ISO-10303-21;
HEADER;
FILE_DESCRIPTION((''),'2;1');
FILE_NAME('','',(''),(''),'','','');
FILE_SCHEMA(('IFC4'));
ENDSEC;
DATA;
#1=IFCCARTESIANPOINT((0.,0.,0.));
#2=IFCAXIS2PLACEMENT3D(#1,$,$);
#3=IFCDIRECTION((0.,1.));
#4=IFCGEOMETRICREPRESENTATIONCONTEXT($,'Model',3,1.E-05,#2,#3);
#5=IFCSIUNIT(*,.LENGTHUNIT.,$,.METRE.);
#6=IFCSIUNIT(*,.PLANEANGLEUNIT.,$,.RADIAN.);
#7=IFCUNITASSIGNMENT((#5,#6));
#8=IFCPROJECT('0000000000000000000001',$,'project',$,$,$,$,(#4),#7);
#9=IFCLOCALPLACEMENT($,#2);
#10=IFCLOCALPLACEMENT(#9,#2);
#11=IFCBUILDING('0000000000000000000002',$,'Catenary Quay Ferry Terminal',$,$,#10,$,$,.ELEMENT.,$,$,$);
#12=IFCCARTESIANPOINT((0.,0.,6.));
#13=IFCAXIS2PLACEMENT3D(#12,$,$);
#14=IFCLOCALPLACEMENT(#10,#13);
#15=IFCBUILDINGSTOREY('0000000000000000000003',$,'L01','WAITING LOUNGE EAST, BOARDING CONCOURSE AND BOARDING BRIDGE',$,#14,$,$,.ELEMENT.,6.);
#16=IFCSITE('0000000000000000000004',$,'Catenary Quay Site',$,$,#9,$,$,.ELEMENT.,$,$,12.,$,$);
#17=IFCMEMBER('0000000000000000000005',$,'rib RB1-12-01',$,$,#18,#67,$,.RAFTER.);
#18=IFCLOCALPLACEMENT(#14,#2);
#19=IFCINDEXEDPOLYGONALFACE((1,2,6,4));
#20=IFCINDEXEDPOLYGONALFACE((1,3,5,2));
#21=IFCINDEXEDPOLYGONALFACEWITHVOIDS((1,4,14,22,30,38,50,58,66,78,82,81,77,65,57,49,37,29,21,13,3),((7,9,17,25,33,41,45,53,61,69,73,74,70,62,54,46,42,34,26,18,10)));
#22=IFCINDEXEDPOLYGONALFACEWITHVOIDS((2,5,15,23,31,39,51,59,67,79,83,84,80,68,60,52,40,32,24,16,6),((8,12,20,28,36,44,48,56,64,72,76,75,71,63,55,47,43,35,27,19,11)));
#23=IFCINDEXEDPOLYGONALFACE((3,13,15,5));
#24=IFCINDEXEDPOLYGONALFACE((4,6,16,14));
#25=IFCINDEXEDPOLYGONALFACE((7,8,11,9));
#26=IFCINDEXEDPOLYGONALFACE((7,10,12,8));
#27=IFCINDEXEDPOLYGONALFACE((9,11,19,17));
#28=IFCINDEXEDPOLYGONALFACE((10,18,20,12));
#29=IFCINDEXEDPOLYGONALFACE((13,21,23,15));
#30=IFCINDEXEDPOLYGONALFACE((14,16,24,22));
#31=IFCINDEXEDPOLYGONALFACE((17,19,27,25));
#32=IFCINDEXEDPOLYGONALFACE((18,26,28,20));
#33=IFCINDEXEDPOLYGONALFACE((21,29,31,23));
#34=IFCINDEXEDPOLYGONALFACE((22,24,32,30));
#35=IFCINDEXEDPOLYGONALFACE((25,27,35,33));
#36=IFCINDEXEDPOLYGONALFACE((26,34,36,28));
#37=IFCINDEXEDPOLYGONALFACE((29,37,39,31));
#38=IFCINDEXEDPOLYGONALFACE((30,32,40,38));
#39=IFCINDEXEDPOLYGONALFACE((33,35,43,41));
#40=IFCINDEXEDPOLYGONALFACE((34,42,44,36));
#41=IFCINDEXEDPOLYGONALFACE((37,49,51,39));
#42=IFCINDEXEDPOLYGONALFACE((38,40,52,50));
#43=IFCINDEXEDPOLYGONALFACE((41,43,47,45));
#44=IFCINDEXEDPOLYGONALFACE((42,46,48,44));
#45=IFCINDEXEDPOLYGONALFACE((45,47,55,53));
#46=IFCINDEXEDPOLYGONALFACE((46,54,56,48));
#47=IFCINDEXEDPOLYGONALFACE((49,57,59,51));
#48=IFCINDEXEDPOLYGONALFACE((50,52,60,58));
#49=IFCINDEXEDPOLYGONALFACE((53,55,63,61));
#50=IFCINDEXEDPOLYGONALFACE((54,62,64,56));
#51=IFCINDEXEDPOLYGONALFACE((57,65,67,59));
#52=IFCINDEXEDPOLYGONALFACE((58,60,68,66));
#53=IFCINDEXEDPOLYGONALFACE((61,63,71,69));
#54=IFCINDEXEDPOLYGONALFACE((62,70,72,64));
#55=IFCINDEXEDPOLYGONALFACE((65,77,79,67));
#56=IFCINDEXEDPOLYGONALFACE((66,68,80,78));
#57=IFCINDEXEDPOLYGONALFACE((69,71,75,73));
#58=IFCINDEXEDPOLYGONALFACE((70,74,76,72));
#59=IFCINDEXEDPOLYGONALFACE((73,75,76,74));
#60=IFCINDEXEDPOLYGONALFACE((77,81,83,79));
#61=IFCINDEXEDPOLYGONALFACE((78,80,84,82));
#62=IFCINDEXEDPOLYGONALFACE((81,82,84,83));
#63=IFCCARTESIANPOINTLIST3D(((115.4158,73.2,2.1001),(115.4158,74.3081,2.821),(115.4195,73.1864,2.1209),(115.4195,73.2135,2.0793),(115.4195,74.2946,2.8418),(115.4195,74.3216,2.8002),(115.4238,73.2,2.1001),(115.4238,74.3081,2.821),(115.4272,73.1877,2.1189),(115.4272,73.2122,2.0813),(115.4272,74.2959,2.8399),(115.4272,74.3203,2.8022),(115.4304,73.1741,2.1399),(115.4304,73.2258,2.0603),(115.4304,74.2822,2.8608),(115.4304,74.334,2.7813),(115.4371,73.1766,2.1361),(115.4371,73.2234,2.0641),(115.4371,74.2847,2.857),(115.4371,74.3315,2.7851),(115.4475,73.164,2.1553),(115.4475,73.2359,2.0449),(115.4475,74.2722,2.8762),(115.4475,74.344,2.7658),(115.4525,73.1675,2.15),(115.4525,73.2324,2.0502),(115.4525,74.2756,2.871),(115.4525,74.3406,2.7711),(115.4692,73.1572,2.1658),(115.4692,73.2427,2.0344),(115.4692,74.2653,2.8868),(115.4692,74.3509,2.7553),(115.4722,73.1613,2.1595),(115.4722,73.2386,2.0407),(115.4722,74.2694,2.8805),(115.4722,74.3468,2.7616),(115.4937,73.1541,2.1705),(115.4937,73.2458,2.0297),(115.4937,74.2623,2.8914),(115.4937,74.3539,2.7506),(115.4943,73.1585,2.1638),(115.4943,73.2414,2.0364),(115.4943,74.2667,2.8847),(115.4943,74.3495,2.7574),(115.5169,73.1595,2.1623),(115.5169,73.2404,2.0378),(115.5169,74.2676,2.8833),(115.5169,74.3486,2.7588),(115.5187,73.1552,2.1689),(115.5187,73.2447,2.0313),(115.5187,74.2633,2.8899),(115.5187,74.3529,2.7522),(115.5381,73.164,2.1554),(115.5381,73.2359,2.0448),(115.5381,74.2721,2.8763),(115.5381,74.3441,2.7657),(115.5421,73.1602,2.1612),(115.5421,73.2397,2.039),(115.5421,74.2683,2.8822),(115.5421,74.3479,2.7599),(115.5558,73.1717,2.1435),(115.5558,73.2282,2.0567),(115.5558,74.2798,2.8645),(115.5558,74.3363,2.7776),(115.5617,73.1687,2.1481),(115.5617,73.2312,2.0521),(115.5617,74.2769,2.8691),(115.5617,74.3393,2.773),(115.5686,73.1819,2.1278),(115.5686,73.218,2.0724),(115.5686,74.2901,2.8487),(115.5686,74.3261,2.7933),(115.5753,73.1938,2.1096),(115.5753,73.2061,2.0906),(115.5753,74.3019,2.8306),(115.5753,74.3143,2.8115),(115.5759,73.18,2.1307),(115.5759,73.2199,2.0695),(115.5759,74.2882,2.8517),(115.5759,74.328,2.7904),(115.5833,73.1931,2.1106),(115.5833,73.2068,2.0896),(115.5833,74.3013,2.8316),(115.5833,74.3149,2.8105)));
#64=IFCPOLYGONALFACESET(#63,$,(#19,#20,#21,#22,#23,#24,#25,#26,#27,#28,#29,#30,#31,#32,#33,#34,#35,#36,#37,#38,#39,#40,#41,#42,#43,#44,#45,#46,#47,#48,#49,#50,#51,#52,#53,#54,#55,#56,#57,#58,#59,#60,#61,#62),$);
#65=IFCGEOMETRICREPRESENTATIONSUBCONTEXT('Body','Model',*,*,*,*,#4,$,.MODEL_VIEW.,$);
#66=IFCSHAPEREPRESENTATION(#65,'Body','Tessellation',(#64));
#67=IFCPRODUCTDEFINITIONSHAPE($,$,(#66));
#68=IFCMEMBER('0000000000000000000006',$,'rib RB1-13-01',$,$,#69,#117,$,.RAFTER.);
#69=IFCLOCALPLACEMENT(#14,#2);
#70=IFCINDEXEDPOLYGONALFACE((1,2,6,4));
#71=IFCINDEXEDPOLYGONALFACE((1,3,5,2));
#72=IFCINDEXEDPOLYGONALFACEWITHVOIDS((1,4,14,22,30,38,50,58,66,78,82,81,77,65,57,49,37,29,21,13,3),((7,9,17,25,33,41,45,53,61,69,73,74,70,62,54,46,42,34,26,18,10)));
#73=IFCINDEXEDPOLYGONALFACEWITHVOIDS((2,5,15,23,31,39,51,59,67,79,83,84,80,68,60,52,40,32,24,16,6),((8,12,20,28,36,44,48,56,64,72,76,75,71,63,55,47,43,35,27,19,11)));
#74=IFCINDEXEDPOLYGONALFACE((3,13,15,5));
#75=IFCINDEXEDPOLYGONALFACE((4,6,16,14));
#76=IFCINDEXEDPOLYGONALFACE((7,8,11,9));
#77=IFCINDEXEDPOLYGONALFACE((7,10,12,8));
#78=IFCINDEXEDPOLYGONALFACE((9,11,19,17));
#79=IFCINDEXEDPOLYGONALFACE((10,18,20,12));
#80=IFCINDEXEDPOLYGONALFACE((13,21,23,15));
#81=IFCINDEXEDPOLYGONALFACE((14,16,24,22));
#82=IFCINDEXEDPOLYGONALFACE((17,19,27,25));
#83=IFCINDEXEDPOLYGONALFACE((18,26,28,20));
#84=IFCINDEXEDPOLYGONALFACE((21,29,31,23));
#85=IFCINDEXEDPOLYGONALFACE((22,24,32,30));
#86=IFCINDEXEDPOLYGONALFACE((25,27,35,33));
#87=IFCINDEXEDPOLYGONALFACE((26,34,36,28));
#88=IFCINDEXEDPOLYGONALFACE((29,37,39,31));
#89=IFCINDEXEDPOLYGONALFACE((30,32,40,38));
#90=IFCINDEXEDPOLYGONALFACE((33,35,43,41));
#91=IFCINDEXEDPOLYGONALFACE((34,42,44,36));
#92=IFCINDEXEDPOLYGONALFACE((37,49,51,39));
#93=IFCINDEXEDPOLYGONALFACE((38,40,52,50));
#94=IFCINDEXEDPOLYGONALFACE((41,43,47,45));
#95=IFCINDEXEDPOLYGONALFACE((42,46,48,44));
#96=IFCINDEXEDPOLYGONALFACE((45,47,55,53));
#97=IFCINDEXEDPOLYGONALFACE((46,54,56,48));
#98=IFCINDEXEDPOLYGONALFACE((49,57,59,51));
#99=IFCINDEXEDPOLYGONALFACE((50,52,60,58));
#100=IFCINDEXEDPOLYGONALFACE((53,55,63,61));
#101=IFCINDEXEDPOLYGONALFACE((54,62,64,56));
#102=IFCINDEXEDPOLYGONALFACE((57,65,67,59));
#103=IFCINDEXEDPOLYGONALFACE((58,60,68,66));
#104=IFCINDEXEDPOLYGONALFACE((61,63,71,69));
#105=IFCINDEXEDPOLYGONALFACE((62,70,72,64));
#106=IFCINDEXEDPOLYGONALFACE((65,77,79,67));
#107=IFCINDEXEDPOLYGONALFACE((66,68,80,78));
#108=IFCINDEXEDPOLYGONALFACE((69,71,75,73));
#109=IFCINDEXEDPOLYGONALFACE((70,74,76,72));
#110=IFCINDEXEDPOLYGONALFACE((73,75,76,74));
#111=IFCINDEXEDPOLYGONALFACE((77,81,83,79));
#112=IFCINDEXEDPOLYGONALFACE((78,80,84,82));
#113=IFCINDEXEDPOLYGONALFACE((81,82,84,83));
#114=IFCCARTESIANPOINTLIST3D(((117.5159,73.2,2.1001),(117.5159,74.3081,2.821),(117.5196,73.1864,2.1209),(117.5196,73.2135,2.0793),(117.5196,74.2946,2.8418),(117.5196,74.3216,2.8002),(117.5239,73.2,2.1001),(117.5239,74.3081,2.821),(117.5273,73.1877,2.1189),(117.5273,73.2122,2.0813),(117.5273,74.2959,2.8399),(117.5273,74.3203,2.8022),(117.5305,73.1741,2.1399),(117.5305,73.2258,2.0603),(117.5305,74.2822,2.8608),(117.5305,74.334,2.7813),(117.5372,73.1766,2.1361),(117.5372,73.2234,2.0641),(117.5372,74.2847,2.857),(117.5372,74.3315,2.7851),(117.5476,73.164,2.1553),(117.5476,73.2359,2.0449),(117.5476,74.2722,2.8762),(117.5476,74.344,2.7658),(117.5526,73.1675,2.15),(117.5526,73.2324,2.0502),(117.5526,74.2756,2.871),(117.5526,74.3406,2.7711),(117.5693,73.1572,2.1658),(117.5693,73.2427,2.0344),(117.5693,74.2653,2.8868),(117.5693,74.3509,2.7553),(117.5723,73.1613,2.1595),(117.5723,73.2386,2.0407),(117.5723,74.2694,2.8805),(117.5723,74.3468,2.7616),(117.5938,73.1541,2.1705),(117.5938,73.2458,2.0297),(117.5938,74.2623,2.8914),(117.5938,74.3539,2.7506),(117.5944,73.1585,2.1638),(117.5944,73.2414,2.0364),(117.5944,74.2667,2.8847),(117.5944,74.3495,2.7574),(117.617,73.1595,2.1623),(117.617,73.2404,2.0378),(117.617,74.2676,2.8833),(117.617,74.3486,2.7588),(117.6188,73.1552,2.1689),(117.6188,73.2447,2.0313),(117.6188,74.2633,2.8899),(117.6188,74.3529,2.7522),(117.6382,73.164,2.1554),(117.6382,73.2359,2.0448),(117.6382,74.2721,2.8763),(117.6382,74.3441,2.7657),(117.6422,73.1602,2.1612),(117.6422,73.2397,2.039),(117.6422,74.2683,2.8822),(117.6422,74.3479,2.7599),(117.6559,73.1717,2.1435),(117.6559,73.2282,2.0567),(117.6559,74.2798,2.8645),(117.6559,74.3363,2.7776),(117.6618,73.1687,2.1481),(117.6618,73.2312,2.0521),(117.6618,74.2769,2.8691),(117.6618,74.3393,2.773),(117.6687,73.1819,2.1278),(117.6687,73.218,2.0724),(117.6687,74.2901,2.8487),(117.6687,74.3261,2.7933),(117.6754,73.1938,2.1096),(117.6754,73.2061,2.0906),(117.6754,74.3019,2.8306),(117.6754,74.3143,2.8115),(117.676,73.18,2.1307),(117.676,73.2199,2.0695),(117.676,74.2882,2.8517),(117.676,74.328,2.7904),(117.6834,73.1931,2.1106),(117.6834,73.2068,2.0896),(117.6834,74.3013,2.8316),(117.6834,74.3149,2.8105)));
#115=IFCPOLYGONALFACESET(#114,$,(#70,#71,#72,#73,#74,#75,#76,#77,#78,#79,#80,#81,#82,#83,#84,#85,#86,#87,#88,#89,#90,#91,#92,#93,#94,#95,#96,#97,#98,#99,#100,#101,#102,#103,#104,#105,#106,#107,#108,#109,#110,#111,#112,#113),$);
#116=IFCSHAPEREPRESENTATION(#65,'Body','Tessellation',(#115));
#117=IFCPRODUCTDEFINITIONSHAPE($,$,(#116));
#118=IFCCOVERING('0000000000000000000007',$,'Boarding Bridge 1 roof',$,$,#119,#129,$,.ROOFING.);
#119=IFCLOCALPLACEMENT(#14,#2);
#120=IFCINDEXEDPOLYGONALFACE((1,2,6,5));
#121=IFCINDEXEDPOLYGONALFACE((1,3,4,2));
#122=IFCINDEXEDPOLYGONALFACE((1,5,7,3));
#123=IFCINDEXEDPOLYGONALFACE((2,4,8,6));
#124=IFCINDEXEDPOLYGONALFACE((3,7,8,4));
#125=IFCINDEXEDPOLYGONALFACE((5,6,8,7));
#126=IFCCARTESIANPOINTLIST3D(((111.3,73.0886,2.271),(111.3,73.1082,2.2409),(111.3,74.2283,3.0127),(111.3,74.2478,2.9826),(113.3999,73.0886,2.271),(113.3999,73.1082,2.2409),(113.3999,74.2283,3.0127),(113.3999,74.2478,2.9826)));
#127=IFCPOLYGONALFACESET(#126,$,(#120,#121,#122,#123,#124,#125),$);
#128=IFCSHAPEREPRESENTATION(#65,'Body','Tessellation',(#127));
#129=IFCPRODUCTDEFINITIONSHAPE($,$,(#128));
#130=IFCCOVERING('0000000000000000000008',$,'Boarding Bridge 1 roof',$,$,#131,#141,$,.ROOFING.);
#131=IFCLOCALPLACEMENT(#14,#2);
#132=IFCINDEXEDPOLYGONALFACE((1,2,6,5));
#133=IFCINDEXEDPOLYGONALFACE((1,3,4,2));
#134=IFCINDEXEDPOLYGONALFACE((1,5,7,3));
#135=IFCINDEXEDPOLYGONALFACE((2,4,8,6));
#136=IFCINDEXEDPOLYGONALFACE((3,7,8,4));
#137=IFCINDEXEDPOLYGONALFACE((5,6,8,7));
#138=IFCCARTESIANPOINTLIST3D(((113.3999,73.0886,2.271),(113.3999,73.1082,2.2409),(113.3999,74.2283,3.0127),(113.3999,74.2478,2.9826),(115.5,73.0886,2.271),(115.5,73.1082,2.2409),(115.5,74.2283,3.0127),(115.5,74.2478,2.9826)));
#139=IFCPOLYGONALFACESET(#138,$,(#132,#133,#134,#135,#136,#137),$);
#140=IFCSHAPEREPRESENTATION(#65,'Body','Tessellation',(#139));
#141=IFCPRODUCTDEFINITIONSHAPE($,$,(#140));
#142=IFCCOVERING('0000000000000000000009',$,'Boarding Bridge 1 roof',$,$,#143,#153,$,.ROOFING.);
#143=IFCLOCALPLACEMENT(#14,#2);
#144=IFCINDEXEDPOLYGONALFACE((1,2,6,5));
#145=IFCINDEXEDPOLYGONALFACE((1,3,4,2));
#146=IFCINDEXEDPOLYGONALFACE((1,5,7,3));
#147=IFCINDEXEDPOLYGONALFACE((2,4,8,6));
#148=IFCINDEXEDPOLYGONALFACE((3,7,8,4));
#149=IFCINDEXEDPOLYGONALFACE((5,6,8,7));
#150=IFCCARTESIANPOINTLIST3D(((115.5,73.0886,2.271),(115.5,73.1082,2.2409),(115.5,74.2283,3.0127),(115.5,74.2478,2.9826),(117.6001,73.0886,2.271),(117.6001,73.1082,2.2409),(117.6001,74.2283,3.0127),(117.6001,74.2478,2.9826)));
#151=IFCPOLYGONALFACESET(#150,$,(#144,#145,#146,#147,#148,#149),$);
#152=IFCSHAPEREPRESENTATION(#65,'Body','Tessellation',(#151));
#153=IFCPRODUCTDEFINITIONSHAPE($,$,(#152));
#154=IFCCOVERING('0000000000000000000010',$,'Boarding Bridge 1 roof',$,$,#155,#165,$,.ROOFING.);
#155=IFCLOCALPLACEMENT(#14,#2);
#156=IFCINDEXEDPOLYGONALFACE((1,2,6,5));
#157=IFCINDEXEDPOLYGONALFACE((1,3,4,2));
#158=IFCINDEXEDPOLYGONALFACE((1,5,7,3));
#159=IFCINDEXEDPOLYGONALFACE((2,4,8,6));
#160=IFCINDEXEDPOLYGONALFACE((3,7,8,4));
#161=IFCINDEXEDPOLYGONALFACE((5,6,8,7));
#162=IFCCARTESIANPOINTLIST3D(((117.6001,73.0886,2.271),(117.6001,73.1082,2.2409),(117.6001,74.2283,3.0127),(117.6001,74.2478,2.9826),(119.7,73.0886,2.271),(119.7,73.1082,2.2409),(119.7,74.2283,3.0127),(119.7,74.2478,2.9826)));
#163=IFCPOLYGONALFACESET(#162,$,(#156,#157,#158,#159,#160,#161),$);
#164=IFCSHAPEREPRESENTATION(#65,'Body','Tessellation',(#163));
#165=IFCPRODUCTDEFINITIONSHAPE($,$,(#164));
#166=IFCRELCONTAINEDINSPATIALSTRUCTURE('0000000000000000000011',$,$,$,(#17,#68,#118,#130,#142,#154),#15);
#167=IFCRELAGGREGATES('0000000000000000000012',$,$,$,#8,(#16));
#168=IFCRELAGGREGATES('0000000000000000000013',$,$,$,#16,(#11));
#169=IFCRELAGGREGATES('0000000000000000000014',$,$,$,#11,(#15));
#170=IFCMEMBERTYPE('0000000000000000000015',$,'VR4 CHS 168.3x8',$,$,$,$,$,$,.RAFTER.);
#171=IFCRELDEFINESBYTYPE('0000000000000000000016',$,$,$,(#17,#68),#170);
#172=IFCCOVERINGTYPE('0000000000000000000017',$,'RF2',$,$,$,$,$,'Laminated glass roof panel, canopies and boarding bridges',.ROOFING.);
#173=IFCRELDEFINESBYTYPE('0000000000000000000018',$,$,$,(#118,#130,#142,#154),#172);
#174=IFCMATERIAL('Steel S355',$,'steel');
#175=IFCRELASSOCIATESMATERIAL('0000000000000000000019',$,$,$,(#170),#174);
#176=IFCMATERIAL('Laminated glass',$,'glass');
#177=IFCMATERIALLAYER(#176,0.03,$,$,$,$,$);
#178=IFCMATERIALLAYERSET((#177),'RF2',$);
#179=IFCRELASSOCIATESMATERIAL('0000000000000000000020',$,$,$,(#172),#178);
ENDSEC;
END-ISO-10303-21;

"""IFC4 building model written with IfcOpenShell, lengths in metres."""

from ifc_helpers import new_model, si_unit, direction, frame, origin, origin_2d, place, context, subcontext, project, spatial, polyline, hollow_circle, outline, extrude, material, layer, layer_set, material_profile, profile_set, type_object, element, save


model = new_model("IFC4")

# Units and contexts
model_context = context("Model", 3, precision=1e-05, world=origin(), true_north=direction((0.0, 1.0)))
body_context = subcontext(model_context, "Body", "Model", "MODEL_VIEW")
ifc_project = project(units=[si_unit("LENGTHUNIT", "METRE"), si_unit("PLANEANGLEUNIT", "RADIAN")], contexts=[model_context])

# Site, building, storey
site_placement = place(None, origin())
site = spatial("IfcSite", under=ifc_project, at=site_placement, Name="Catenary Quay Site", CompositionType="ELEMENT", RefElevation=12.0)
building_placement = place(site_placement, origin())
building = spatial("IfcBuilding", under=site, at=building_placement, Name="Catenary Quay Ferry Terminal", CompositionType="ELEMENT")
storey_placement = place(building_placement, frame((0.0, 0.0, 6.0)))
storey = spatial("IfcBuildingStorey", under=building, at=storey_placement, Name="L01", Description="WAITING LOUNGE EAST, BOARDING CONCOURSE AND BOARDING BRIDGE", CompositionType="ELEMENT", Elevation=6.0)

# Members
ifc_material_1 = material(Name="Steel S355", Category="steel")
ifc_material_profile_1 = material_profile(ifc_material_1, hollow_circle(Radius=0.0842, WallThickness=0.0081, at=origin_2d()), Name="CHS 168.3x8")
ifc_profile_set_1 = profile_set([ifc_material_profile_1], Name="Steel S355")
member_type_1 = type_object("IfcMemberType", Name="VR4 CHS 168.3x8", PredefinedType="RAFTER", material=ifc_profile_set_1)
for number, where, z_axis, x_axis, name in (
    (1, (115.5, 73.2, 2.1001), (0.0, 0.83822, 0.545332), (-1.0, 0.0, 0.0), "rib RB1-12-01"),
    (2, (117.6001, 73.2, 2.1001), (0.0, 0.83822, 0.545332), (-1.0, 0.0, 0.0), "rib RB1-13-01"),
):
    element("IfcMember", number, at=place(storey_placement, frame(where, z_axis=z_axis, x_axis=x_axis)), inside=storey, type_object=member_type_1, Name=name, PredefinedType="RAFTER", context=body_context, shape_type="SweptSolid", body=[
        extrude(hollow_circle(Radius=0.0842, WallThickness=0.0081, at=origin_2d()), origin(), (0.0, 0.0, 1.0), 1.322),
    ])

# Coverings
ifc_material_2 = material(Name="Laminated glass", Category="glass")
ifc_layer = layer(ifc_material_2, 0.03)
ifc_layer_set = layer_set([ifc_layer], Name="RF2")
covering_type = type_object("IfcCoveringType", Name="RF2", ElementType="Laminated glass roof panel, canopies and boarding bridges", PredefinedType="ROOFING", material=ifc_layer_set)
covering_1_placement = place(storey_placement, frame((111.3, 73.0886, 2.271), z_axis=(0.0, -0.545468, 0.838132), x_axis=(1.0, 0.0, 0.0)))
element("IfcCovering", 3, at=covering_1_placement, inside=storey, type_object=covering_type, Name="Boarding Bridge 1 roof", PredefinedType="ROOFING", context=body_context, shape_type="SweptSolid", body=[
    extrude(outline(polyline([(0.0, 0.0), (2.0999, 0.0), (2.0999, 1.3597), (0.0, 1.3597), (0.0, 0.0)])), origin(), (0.0, 0.0, -1.0), 0.0359),
])
for number, where, z_axis, x_axis, name in (
    (4, (113.3999, 73.0886, 2.271), (0.0, -0.545468, 0.838132), (1.0, 0.0, 0.0), "Boarding Bridge 1 roof"),
    (5, (115.5, 73.0886, 2.271), (0.0, -0.545468, 0.838132), (1.0, 0.0, 0.0), "Boarding Bridge 1 roof"),
):
    element("IfcCovering", number, at=place(storey_placement, frame(where, z_axis=z_axis, x_axis=x_axis)), inside=storey, type_object=covering_type, Name=name, PredefinedType="ROOFING", context=body_context, shape_type="SweptSolid", body=[
        extrude(outline(polyline([(0.0, 0.0), (2.1001, 0.0), (2.1001, 1.3597), (0.0, 1.3597), (0.0, 0.0)])), origin(), (0.0, 0.0, -1.0), 0.0359),
    ])
covering_2_placement = place(storey_placement, frame((117.6001, 73.0886, 2.271), z_axis=(0.0, -0.545468, 0.838132), x_axis=(1.0, 0.0, 0.0)))
element("IfcCovering", 6, at=covering_2_placement, inside=storey, type_object=covering_type, Name="Boarding Bridge 1 roof", PredefinedType="ROOFING", context=body_context, shape_type="SweptSolid", body=[
    extrude(outline(polyline([(0.0, 0.0), (2.0999, 0.0), (2.0999, 1.3597), (0.0, 1.3597), (0.0, 0.0)])), origin(), (0.0, 0.0, -1.0), 0.0359),
])

save(model, "model.ifc")
